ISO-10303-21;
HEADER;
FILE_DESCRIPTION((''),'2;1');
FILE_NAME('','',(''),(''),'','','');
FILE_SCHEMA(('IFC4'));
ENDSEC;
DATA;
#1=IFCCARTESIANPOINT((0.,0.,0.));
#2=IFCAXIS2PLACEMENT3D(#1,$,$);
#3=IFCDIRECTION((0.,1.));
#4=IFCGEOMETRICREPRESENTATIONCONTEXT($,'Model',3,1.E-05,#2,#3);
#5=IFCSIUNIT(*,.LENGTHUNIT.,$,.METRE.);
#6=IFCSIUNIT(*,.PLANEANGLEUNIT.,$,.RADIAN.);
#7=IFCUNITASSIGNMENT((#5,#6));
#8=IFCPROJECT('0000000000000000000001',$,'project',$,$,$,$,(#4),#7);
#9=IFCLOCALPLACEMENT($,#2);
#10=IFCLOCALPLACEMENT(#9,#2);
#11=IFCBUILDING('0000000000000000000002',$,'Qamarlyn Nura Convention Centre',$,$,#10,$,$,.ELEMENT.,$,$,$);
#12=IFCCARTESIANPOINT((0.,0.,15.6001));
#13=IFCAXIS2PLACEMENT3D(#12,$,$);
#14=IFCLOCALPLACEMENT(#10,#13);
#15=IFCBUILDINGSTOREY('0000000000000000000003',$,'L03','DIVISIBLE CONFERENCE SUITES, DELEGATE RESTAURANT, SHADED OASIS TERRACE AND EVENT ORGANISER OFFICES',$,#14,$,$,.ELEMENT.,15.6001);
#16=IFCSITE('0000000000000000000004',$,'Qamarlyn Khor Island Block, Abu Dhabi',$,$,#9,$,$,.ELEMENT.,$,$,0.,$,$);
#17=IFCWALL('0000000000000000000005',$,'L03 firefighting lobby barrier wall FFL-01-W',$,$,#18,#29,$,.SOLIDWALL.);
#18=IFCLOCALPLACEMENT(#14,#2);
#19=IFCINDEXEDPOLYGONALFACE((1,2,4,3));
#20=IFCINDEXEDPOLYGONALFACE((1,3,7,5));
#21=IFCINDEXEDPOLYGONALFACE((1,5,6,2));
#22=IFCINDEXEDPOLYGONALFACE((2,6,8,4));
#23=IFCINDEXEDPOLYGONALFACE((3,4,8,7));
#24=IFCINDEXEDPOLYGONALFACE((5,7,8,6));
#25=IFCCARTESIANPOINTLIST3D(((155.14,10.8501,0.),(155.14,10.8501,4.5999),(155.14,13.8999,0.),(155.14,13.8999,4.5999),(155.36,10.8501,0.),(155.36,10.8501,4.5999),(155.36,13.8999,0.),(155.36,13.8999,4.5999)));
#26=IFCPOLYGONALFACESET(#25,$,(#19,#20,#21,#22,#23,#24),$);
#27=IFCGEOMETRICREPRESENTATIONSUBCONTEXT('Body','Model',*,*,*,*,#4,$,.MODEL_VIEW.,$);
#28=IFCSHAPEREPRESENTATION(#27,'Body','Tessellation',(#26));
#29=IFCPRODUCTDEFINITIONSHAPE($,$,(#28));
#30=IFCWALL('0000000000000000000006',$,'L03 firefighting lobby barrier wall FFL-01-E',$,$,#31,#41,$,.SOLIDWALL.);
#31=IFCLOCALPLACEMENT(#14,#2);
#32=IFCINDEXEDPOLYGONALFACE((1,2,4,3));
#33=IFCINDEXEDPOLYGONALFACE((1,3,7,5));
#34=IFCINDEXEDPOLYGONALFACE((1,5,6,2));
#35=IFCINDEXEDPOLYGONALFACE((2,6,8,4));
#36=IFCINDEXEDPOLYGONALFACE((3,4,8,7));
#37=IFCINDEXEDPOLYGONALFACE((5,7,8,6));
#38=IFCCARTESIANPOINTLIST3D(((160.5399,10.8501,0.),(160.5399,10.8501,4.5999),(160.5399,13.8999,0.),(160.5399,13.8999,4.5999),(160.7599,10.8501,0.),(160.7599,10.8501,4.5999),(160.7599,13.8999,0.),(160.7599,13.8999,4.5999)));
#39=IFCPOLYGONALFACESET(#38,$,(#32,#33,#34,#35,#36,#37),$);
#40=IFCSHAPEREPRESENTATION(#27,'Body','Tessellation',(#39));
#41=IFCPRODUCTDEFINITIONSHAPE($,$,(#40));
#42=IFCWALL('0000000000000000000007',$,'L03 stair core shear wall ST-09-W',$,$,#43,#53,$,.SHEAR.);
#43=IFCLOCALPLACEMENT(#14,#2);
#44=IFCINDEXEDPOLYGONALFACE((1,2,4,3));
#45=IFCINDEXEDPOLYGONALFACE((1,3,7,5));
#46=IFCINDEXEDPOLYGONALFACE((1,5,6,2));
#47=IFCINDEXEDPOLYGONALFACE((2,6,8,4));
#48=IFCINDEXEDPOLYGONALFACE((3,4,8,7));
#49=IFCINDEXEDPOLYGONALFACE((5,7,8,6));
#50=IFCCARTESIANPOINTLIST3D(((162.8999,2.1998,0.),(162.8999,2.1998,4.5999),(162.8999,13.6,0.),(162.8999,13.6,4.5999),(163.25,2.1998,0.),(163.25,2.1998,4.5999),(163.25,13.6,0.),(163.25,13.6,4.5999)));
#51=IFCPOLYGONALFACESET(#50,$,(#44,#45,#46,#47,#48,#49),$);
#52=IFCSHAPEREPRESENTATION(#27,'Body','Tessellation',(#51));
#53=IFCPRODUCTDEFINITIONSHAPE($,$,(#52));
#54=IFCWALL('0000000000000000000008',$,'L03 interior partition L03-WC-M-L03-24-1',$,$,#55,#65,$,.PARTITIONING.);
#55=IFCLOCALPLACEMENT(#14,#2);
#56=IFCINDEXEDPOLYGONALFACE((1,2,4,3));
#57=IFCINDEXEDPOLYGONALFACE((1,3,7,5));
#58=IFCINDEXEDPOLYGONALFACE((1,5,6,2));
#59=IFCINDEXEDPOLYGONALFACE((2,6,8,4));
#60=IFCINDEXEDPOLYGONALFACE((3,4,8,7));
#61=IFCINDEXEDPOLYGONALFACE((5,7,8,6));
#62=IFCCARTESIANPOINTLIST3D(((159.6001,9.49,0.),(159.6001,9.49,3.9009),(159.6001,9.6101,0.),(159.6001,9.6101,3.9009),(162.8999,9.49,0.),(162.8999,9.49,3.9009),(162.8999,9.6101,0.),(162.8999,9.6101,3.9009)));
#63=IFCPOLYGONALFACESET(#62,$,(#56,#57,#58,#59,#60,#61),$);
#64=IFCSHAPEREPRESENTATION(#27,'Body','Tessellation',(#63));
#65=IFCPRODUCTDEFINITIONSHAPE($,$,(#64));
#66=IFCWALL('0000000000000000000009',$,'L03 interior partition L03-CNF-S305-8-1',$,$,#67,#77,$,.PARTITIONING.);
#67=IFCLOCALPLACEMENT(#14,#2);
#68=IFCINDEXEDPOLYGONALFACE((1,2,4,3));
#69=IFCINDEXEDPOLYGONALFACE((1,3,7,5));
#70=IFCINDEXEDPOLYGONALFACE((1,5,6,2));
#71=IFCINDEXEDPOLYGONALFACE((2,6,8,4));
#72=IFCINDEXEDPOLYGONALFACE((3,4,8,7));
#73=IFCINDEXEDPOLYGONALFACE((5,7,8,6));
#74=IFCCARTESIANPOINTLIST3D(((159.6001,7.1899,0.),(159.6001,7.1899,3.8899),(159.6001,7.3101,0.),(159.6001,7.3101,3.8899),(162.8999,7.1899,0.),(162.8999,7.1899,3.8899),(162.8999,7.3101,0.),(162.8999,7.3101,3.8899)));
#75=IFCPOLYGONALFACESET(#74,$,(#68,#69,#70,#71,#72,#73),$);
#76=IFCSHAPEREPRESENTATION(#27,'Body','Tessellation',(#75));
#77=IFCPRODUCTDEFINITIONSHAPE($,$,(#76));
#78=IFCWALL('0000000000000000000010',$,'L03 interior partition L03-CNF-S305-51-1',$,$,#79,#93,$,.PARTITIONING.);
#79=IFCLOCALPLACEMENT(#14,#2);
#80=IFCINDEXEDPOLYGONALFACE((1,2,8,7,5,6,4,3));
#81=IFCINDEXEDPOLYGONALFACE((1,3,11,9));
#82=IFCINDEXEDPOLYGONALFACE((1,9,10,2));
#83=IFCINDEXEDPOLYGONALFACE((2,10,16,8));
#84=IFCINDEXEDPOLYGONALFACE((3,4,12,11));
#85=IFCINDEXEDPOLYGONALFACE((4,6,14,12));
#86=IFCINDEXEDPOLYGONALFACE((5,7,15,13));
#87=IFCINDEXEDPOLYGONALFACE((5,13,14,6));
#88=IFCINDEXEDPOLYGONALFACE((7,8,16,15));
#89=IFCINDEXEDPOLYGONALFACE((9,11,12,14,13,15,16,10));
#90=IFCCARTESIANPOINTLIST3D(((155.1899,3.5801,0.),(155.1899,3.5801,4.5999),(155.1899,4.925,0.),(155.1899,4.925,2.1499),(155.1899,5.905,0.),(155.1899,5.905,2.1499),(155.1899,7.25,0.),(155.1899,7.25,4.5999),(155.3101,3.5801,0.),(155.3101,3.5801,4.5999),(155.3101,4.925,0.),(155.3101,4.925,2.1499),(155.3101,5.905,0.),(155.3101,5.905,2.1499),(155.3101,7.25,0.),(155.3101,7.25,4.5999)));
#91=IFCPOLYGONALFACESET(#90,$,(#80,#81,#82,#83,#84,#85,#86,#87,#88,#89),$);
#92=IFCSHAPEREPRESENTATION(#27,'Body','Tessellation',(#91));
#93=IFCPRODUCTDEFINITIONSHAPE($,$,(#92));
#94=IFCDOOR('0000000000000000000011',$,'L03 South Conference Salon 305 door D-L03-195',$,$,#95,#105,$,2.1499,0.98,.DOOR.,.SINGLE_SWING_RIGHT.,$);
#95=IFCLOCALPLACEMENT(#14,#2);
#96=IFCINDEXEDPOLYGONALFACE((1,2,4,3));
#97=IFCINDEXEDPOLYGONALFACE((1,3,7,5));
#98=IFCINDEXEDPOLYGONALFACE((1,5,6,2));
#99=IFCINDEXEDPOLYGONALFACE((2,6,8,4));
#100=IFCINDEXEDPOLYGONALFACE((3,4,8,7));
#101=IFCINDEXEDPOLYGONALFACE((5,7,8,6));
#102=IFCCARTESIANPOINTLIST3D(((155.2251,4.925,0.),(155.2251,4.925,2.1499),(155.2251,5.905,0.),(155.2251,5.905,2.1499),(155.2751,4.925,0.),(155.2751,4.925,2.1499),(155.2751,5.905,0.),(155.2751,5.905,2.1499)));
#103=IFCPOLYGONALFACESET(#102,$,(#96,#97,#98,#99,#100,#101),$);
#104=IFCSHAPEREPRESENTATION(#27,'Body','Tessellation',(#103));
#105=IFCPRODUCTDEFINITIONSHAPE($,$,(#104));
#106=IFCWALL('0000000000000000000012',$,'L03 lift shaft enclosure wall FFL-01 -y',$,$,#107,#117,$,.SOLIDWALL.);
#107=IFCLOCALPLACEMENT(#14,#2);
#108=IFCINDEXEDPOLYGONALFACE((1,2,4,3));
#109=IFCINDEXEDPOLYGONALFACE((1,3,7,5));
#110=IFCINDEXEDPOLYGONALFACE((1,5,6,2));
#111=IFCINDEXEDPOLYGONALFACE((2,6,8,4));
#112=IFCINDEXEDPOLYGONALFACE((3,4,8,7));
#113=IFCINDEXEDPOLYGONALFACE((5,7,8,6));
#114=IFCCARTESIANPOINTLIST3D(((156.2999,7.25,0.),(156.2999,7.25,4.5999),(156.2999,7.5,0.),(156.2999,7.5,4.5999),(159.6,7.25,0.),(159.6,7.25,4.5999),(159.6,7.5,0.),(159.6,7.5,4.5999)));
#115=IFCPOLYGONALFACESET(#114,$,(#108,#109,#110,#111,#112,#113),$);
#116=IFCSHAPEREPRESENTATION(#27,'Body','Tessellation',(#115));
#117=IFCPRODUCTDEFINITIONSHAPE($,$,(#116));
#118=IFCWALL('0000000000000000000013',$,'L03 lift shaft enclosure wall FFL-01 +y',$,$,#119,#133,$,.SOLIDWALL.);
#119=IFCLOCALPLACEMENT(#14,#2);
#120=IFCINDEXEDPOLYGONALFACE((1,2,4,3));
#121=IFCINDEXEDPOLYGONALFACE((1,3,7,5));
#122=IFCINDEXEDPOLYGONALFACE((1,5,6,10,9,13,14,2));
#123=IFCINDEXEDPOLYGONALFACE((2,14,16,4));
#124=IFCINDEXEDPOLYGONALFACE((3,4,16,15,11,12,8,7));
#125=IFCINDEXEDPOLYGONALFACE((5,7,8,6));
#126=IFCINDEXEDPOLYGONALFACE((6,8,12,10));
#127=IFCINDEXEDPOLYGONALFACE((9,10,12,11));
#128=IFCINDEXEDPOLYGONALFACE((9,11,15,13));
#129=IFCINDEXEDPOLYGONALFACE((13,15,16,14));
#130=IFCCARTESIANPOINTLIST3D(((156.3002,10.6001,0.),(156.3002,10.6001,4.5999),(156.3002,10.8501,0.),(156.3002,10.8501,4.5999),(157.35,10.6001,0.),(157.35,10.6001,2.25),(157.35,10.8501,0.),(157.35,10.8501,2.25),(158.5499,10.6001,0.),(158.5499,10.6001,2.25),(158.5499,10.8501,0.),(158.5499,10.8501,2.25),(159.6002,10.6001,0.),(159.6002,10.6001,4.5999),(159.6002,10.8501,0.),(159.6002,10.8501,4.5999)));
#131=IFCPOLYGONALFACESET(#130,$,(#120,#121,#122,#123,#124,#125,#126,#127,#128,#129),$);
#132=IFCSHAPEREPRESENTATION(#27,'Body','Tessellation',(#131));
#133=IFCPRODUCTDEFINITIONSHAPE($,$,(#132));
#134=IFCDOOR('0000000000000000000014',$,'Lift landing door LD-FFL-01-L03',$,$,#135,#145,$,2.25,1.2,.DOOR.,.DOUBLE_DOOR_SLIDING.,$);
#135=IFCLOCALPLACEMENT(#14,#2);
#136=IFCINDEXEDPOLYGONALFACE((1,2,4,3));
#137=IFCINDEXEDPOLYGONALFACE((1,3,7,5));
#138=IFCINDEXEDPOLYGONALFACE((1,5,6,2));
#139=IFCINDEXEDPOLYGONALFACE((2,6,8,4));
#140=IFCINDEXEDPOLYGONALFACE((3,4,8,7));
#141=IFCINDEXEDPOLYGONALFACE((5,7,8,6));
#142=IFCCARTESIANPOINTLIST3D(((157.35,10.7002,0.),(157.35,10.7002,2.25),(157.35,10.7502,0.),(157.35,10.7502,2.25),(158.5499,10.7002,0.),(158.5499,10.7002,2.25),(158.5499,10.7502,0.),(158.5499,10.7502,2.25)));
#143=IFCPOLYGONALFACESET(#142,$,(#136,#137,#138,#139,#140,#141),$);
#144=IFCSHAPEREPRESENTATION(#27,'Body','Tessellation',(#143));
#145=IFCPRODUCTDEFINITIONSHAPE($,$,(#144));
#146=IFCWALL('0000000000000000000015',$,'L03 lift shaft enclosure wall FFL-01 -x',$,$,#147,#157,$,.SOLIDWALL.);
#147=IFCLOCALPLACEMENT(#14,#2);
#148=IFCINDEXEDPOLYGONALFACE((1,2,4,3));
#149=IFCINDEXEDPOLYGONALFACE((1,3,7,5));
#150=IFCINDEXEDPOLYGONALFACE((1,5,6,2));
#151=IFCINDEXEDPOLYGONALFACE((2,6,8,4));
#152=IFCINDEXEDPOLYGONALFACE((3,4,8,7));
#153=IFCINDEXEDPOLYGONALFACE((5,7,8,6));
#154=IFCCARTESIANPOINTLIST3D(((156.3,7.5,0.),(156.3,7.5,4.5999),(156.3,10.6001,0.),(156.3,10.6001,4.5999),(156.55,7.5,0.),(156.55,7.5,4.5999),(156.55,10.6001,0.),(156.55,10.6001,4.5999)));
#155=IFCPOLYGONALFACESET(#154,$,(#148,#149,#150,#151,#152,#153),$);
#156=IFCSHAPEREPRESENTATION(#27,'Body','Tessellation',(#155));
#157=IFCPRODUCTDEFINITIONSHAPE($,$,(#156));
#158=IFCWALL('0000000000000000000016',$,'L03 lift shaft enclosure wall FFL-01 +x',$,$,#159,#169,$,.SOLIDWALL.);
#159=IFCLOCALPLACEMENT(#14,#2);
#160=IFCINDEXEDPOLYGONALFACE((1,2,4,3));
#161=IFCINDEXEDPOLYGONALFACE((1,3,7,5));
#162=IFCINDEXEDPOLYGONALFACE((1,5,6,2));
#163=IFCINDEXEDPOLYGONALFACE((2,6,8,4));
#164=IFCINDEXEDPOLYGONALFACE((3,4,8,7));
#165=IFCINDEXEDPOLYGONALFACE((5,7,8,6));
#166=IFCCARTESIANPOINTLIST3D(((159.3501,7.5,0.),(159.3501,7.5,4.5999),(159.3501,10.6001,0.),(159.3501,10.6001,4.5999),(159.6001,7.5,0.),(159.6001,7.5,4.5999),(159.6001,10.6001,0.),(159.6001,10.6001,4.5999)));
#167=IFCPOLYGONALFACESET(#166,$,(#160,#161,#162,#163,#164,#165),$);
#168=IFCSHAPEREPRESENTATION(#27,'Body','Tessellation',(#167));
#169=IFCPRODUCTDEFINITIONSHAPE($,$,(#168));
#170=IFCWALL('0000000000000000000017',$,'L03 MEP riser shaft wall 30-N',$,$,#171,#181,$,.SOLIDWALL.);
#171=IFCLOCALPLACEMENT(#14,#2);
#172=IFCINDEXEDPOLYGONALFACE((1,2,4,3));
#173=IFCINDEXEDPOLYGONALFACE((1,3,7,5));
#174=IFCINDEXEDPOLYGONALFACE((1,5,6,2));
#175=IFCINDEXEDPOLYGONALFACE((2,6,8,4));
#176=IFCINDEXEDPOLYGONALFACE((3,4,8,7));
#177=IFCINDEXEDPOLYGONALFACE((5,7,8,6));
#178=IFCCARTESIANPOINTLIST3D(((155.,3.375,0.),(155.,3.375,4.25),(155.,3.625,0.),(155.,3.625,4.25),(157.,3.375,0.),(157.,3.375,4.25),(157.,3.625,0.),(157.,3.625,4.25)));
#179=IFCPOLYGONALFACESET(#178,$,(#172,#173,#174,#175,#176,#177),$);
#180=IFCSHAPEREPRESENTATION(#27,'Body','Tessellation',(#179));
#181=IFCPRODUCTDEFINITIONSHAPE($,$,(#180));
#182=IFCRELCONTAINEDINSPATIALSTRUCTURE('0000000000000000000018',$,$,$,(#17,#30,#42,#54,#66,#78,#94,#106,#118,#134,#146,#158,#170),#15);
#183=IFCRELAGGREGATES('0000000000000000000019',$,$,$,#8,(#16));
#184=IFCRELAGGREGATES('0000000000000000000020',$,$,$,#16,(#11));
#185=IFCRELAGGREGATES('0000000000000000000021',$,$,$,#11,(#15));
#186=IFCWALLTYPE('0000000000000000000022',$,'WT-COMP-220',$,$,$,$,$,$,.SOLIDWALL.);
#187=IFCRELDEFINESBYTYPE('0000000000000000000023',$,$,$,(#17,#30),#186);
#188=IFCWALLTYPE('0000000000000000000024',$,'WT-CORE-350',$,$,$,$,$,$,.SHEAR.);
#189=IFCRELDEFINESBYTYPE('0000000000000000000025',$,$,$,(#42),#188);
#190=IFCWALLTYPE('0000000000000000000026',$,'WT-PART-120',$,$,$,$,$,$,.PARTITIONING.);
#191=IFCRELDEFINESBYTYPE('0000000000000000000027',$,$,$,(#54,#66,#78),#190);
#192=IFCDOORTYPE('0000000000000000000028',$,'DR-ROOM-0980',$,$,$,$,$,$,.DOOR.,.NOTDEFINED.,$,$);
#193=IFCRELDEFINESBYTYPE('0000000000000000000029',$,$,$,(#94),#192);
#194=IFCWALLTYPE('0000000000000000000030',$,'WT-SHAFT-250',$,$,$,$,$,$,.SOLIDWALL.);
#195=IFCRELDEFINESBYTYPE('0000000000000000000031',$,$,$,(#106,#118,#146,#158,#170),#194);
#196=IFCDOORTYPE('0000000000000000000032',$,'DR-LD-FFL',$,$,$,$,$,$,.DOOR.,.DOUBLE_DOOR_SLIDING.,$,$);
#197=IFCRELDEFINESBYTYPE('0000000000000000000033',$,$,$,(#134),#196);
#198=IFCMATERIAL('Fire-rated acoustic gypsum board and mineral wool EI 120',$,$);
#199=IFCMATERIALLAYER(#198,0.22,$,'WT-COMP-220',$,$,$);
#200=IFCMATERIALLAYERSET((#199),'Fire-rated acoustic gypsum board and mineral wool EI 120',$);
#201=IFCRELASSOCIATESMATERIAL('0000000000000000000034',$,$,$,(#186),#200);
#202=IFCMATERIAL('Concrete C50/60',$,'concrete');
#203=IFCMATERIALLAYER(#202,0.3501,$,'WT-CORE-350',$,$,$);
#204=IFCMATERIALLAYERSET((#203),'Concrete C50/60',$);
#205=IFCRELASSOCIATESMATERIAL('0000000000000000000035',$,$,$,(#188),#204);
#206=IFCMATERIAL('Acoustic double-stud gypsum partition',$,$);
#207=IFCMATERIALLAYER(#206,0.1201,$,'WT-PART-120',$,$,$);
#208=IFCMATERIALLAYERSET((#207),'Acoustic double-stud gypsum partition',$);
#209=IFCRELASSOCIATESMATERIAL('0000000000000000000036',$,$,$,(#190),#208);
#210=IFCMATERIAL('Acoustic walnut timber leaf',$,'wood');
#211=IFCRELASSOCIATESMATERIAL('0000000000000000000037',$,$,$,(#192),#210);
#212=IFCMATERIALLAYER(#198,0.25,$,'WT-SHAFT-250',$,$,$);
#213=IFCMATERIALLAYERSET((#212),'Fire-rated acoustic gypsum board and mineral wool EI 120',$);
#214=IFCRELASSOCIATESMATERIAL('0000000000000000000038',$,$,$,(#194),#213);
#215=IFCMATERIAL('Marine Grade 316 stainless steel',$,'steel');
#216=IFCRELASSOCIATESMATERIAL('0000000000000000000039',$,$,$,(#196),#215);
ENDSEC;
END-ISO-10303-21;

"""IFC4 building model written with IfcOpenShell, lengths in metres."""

from ifc_helpers import new_model, si_unit, direction, frame, frame_2d, origin, place, context, subcontext, project, spatial, rectangle, extrude, material, layer, layer_set, type_object, element, fill, save


model = new_model("IFC4")

# Units and contexts
model_context = context("Model", 3, precision=1e-05, world=origin(), true_north=direction((0.0, 1.0)))
body_context = subcontext(model_context, "Body", "Model", "MODEL_VIEW")
ifc_project = project(units=[si_unit("LENGTHUNIT", "METRE"), si_unit("PLANEANGLEUNIT", "RADIAN")], contexts=[model_context])

# Site, building, storey
site_placement = place(None, origin())
site = spatial("IfcSite", under=ifc_project, at=site_placement, Name="Qamarlyn Khor Island Block, Abu Dhabi", CompositionType="ELEMENT", RefElevation=0.0)
building_placement = place(site_placement, origin())
building = spatial("IfcBuilding", under=site, at=building_placement, Name="Qamarlyn Nura Convention Centre", CompositionType="ELEMENT")
storey_placement = place(building_placement, frame((0.0, 0.0, 15.6001)))
storey = spatial("IfcBuildingStorey", under=building, at=storey_placement, Name="L03", Description="DIVISIBLE CONFERENCE SUITES, DELEGATE RESTAURANT, SHADED OASIS TERRACE AND EVENT ORGANISER OFFICES", CompositionType="ELEMENT", Elevation=15.6001)

# Shared definitions
ifc_material_1 = material(Name="Fire-rated acoustic gypsum board and mineral wool EI 120")
ifc_layer_1 = layer(ifc_material_1, 0.22, Name="WT-COMP-220")
ifc_layer_set_1 = layer_set([ifc_layer_1], Name="Fire-rated acoustic gypsum board and mineral wool EI 120")
wall_type_1 = type_object("IfcWallType", Name="WT-COMP-220", PredefinedType="SOLIDWALL", material=ifc_layer_set_1)

# Walls
for number, where, z_axis, x_axis, name in (
    (1, (155.25, 10.8501, 0.0), (0.0, 0.0, 1.0), (0.0, 1.0, 0.0), "L03 firefighting lobby barrier wall FFL-01-W"),
    (2, (160.6499, 10.8501, 0.0), (0.0, 0.0, 1.0), (0.0, 1.0, 0.0), "L03 firefighting lobby barrier wall FFL-01-E"),
):
    element("IfcWall", number, at=place(storey_placement, frame(where, z_axis=z_axis, x_axis=x_axis)), inside=storey, type_object=wall_type_1, Name=name, PredefinedType="SOLIDWALL", context=body_context, shape_type="SweptSolid", body=[
        extrude(rectangle(XDim=3.0498, YDim=0.22, at=frame_2d((1.5249, 0.0))), origin(), (0.0, 0.0, 1.0), 4.5999),
    ])
ifc_material_2 = material(Name="Concrete C50/60", Category="concrete")
ifc_layer_2 = layer(ifc_material_2, 0.3501, Name="WT-CORE-350")
ifc_layer_set_2 = layer_set([ifc_layer_2], Name="Concrete C50/60")
wall_type_2 = type_object("IfcWallType", Name="WT-CORE-350", PredefinedType="SHEAR", material=ifc_layer_set_2)
wall_1_placement = place(storey_placement, frame((163.075, 13.6001, 0.0), z_axis=(0.0, 0.0, 1.0), x_axis=(0.0, -1.0, 0.0)))
element("IfcWall", 3, at=wall_1_placement, inside=storey, type_object=wall_type_2, Name="L03 stair core shear wall ST-09-W", PredefinedType="SHEAR", context=body_context, shape_type="SweptSolid", body=[
    extrude(rectangle(XDim=11.4001, YDim=0.3501, at=frame_2d((5.7002, 0.0))), origin(), (0.0, 0.0, 1.0), 4.5999),
])

# Shared definitions
ifc_material_3 = material(Name="Acoustic double-stud gypsum partition")
ifc_layer_3 = layer(ifc_material_3, 0.1201, Name="WT-PART-120")
ifc_layer_set_3 = layer_set([ifc_layer_3], Name="Acoustic double-stud gypsum partition")
wall_type_3 = type_object("IfcWallType", Name="WT-PART-120", PredefinedType="PARTITIONING", material=ifc_layer_set_3)
ifc_material_4 = material(Name="Acoustic walnut timber leaf", Category="wood")

# Walls
wall_2_placement = place(storey_placement, frame((162.8999, 9.55, 0.0), z_axis=(0.0, 0.0, 1.0), x_axis=(-1.0, 0.0, 0.0)))
element("IfcWall", 4, at=wall_2_placement, inside=storey, type_object=wall_type_3, Name="L03 interior partition L03-WC-M-L03-24-1", PredefinedType="PARTITIONING", context=body_context, shape_type="SweptSolid", body=[
    extrude(rectangle(XDim=3.2998, YDim=0.1201, at=frame_2d((1.6499, 0.0))), origin(), (0.0, 0.0, 1.0), 3.9009),
])
wall_3_placement = place(storey_placement, frame((159.6001, 7.25, 0.0), z_axis=(0.0, 0.0, 1.0), x_axis=(1.0, 0.0, 0.0)))
element("IfcWall", 5, at=wall_3_placement, inside=storey, type_object=wall_type_3, Name="L03 interior partition L03-CNF-S305-8-1", PredefinedType="PARTITIONING", context=body_context, shape_type="SweptSolid", body=[
    extrude(rectangle(XDim=3.2998, YDim=0.1201, at=frame_2d((1.6499, 0.0))), origin(), (0.0, 0.0, 1.0), 3.8899),
])

# Wall, opening, door
wall_4_placement = place(storey_placement, frame((155.25, 3.5801, 0.0), z_axis=(0.0, 0.0, 1.0), x_axis=(0.0, 1.0, 0.0)))
wall_4 = element("IfcWall", 6, at=wall_4_placement, inside=storey, type_object=wall_type_3, Name="L03 interior partition L03-CNF-S305-51-1", PredefinedType="PARTITIONING", context=body_context, shape_type="SweptSolid", body=[
    extrude(rectangle(XDim=3.6699, YDim=0.1201, at=frame_2d((1.835, 0.0))), origin(), (0.0, 0.0, 1.0), 4.5999),
])
opening_1_placement = place(wall_4_placement, frame((1.345, 0.0, 0.0)))
opening_1 = element("IfcOpeningElement", 7, at=opening_1_placement, cuts=wall_4, PredefinedType="OPENING", context=body_context, shape_type="SweptSolid", body=[
    extrude(rectangle(XDim=0.98, YDim=2.1499, at=frame_2d((0.49, 1.075))), frame((0.0, 0.0701, 0.0), z_axis=(0.0, -1.0, 0.0), x_axis=(1.0, 0.0, 0.0)), (0.0, 0.0, 1.0), 0.1401),
])
door_type_1 = type_object("IfcDoorType", Name="DR-ROOM-0980", OperationType="NOTDEFINED", PredefinedType="DOOR", material=ifc_material_4)
door_1_placement = place(opening_1_placement, origin())
door_1 = element("IfcDoor", 8, at=door_1_placement, inside=storey, type_object=door_type_1, Name="L03 South Conference Salon 305 door D-L03-195", OperationType="SINGLE_SWING_RIGHT", OverallHeight=2.1499, OverallWidth=0.98, PredefinedType="DOOR", context=body_context, shape_type="SweptSolid", body=[
    extrude(rectangle(XDim=0.98, YDim=2.1499, at=frame_2d((0.49, 1.075))), frame((0.0, 0.0249, 0.0), z_axis=(0.0, -1.0, 0.0), x_axis=(1.0, 0.0, 0.0)), (0.0, 0.0, 1.0), 0.05),
])
fill(opening_1, door_1)

# Wall
ifc_layer_4 = layer(ifc_material_1, 0.25, Name="WT-SHAFT-250")
ifc_layer_set_4 = layer_set([ifc_layer_4], Name="Fire-rated acoustic gypsum board and mineral wool EI 120")
wall_type_4 = type_object("IfcWallType", Name="WT-SHAFT-250", PredefinedType="SOLIDWALL", material=ifc_layer_set_4)
wall_5_placement = place(storey_placement, frame((156.3, 7.375, 0.0), z_axis=(0.0, 0.0, 1.0), x_axis=(1.0, 0.0, 0.0)))
element("IfcWall", 9, at=wall_5_placement, inside=storey, type_object=wall_type_4, Name="L03 lift shaft enclosure wall FFL-01 -y", PredefinedType="SOLIDWALL", context=body_context, shape_type="SweptSolid", body=[
    extrude(rectangle(XDim=3.3, YDim=0.25, at=frame_2d((1.6499, 0.0))), origin(), (0.0, 0.0, 1.0), 4.5999),
])

# Wall, opening, door
wall_6_placement = place(storey_placement, frame((159.6001, 10.7251, 0.0), z_axis=(0.0, 0.0, 1.0), x_axis=(-1.0, 0.0, 0.0)))
wall_6 = element("IfcWall", 10, at=wall_6_placement, inside=storey, type_object=wall_type_4, Name="L03 lift shaft enclosure wall FFL-01 +y", PredefinedType="SOLIDWALL", context=body_context, shape_type="SweptSolid", body=[
    extrude(rectangle(XDim=3.3, YDim=0.25, at=frame_2d((1.6499, 0.0))), origin(), (0.0, 0.0, 1.0), 4.5999),
])
opening_2_placement = place(wall_6_placement, frame((1.05, 0.0, 0.0)))
opening_2 = element("IfcOpeningElement", 11, at=opening_2_placement, cuts=wall_6, PredefinedType="OPENING", context=body_context, shape_type="SweptSolid", body=[
    extrude(rectangle(XDim=1.2, YDim=2.25, at=frame_2d((0.6001, 1.125))), frame((0.0, 0.135, 0.0), z_axis=(0.0, -1.0, 0.0), x_axis=(1.0, 0.0, 0.0)), (0.0, 0.0, 1.0), 0.27),
])
ifc_material_5 = material(Name="Marine Grade 316 stainless steel", Category="steel")
door_type_2 = type_object("IfcDoorType", Name="DR-LD-FFL", OperationType="DOUBLE_DOOR_SLIDING", PredefinedType="DOOR", material=ifc_material_5)
door_2_placement = place(opening_2_placement, origin())
door_2 = element("IfcDoor", 12, at=door_2_placement, inside=storey, type_object=door_type_2, Name="Lift landing door LD-FFL-01-L03", OperationType="DOUBLE_DOOR_SLIDING", OverallHeight=2.25, OverallWidth=1.2, PredefinedType="DOOR", context=body_context, shape_type="SweptSolid", body=[
    extrude(rectangle(XDim=1.2, YDim=2.25, at=frame_2d((0.6001, 1.125))), frame((0.0, 0.0249, 0.0), z_axis=(0.0, -1.0, 0.0), x_axis=(1.0, 0.0, 0.0)), (0.0, 0.0, 1.0), 0.05),
])
fill(opening_2, door_2)

# Walls
for number, where, z_axis, x_axis, name in (
    (13, (156.425, 10.6001, 0.0), (0.0, 0.0, 1.0), (0.0, -1.0, 0.0), "L03 lift shaft enclosure wall FFL-01 -x"),
    (14, (159.4751, 7.5, 0.0), (0.0, 0.0, 1.0), (0.0, 1.0, 0.0), "L03 lift shaft enclosure wall FFL-01 +x"),
):
    element("IfcWall", number, at=place(storey_placement, frame(where, z_axis=z_axis, x_axis=x_axis)), inside=storey, type_object=wall_type_4, Name=name, PredefinedType="SOLIDWALL", context=body_context, shape_type="SweptSolid", body=[
        extrude(rectangle(XDim=3.1001, YDim=0.25, at=frame_2d((1.55, 0.0))), origin(), (0.0, 0.0, 1.0), 4.5999),
    ])
wall_7_placement = place(storey_placement, frame((157.0, 3.5, 0.0), z_axis=(0.0, 0.0, 1.0), x_axis=(-1.0, 0.0, 0.0)))
element("IfcWall", 15, at=wall_7_placement, inside=storey, type_object=wall_type_4, Name="L03 MEP riser shaft wall 30-N", PredefinedType="SOLIDWALL", context=body_context, shape_type="SweptSolid", body=[
    extrude(rectangle(XDim=2.0, YDim=0.25, at=frame_2d((1.0, 0.0))), origin(), (0.0, 0.0, 1.0), 4.25),
])

save(model, "model.ifc")
